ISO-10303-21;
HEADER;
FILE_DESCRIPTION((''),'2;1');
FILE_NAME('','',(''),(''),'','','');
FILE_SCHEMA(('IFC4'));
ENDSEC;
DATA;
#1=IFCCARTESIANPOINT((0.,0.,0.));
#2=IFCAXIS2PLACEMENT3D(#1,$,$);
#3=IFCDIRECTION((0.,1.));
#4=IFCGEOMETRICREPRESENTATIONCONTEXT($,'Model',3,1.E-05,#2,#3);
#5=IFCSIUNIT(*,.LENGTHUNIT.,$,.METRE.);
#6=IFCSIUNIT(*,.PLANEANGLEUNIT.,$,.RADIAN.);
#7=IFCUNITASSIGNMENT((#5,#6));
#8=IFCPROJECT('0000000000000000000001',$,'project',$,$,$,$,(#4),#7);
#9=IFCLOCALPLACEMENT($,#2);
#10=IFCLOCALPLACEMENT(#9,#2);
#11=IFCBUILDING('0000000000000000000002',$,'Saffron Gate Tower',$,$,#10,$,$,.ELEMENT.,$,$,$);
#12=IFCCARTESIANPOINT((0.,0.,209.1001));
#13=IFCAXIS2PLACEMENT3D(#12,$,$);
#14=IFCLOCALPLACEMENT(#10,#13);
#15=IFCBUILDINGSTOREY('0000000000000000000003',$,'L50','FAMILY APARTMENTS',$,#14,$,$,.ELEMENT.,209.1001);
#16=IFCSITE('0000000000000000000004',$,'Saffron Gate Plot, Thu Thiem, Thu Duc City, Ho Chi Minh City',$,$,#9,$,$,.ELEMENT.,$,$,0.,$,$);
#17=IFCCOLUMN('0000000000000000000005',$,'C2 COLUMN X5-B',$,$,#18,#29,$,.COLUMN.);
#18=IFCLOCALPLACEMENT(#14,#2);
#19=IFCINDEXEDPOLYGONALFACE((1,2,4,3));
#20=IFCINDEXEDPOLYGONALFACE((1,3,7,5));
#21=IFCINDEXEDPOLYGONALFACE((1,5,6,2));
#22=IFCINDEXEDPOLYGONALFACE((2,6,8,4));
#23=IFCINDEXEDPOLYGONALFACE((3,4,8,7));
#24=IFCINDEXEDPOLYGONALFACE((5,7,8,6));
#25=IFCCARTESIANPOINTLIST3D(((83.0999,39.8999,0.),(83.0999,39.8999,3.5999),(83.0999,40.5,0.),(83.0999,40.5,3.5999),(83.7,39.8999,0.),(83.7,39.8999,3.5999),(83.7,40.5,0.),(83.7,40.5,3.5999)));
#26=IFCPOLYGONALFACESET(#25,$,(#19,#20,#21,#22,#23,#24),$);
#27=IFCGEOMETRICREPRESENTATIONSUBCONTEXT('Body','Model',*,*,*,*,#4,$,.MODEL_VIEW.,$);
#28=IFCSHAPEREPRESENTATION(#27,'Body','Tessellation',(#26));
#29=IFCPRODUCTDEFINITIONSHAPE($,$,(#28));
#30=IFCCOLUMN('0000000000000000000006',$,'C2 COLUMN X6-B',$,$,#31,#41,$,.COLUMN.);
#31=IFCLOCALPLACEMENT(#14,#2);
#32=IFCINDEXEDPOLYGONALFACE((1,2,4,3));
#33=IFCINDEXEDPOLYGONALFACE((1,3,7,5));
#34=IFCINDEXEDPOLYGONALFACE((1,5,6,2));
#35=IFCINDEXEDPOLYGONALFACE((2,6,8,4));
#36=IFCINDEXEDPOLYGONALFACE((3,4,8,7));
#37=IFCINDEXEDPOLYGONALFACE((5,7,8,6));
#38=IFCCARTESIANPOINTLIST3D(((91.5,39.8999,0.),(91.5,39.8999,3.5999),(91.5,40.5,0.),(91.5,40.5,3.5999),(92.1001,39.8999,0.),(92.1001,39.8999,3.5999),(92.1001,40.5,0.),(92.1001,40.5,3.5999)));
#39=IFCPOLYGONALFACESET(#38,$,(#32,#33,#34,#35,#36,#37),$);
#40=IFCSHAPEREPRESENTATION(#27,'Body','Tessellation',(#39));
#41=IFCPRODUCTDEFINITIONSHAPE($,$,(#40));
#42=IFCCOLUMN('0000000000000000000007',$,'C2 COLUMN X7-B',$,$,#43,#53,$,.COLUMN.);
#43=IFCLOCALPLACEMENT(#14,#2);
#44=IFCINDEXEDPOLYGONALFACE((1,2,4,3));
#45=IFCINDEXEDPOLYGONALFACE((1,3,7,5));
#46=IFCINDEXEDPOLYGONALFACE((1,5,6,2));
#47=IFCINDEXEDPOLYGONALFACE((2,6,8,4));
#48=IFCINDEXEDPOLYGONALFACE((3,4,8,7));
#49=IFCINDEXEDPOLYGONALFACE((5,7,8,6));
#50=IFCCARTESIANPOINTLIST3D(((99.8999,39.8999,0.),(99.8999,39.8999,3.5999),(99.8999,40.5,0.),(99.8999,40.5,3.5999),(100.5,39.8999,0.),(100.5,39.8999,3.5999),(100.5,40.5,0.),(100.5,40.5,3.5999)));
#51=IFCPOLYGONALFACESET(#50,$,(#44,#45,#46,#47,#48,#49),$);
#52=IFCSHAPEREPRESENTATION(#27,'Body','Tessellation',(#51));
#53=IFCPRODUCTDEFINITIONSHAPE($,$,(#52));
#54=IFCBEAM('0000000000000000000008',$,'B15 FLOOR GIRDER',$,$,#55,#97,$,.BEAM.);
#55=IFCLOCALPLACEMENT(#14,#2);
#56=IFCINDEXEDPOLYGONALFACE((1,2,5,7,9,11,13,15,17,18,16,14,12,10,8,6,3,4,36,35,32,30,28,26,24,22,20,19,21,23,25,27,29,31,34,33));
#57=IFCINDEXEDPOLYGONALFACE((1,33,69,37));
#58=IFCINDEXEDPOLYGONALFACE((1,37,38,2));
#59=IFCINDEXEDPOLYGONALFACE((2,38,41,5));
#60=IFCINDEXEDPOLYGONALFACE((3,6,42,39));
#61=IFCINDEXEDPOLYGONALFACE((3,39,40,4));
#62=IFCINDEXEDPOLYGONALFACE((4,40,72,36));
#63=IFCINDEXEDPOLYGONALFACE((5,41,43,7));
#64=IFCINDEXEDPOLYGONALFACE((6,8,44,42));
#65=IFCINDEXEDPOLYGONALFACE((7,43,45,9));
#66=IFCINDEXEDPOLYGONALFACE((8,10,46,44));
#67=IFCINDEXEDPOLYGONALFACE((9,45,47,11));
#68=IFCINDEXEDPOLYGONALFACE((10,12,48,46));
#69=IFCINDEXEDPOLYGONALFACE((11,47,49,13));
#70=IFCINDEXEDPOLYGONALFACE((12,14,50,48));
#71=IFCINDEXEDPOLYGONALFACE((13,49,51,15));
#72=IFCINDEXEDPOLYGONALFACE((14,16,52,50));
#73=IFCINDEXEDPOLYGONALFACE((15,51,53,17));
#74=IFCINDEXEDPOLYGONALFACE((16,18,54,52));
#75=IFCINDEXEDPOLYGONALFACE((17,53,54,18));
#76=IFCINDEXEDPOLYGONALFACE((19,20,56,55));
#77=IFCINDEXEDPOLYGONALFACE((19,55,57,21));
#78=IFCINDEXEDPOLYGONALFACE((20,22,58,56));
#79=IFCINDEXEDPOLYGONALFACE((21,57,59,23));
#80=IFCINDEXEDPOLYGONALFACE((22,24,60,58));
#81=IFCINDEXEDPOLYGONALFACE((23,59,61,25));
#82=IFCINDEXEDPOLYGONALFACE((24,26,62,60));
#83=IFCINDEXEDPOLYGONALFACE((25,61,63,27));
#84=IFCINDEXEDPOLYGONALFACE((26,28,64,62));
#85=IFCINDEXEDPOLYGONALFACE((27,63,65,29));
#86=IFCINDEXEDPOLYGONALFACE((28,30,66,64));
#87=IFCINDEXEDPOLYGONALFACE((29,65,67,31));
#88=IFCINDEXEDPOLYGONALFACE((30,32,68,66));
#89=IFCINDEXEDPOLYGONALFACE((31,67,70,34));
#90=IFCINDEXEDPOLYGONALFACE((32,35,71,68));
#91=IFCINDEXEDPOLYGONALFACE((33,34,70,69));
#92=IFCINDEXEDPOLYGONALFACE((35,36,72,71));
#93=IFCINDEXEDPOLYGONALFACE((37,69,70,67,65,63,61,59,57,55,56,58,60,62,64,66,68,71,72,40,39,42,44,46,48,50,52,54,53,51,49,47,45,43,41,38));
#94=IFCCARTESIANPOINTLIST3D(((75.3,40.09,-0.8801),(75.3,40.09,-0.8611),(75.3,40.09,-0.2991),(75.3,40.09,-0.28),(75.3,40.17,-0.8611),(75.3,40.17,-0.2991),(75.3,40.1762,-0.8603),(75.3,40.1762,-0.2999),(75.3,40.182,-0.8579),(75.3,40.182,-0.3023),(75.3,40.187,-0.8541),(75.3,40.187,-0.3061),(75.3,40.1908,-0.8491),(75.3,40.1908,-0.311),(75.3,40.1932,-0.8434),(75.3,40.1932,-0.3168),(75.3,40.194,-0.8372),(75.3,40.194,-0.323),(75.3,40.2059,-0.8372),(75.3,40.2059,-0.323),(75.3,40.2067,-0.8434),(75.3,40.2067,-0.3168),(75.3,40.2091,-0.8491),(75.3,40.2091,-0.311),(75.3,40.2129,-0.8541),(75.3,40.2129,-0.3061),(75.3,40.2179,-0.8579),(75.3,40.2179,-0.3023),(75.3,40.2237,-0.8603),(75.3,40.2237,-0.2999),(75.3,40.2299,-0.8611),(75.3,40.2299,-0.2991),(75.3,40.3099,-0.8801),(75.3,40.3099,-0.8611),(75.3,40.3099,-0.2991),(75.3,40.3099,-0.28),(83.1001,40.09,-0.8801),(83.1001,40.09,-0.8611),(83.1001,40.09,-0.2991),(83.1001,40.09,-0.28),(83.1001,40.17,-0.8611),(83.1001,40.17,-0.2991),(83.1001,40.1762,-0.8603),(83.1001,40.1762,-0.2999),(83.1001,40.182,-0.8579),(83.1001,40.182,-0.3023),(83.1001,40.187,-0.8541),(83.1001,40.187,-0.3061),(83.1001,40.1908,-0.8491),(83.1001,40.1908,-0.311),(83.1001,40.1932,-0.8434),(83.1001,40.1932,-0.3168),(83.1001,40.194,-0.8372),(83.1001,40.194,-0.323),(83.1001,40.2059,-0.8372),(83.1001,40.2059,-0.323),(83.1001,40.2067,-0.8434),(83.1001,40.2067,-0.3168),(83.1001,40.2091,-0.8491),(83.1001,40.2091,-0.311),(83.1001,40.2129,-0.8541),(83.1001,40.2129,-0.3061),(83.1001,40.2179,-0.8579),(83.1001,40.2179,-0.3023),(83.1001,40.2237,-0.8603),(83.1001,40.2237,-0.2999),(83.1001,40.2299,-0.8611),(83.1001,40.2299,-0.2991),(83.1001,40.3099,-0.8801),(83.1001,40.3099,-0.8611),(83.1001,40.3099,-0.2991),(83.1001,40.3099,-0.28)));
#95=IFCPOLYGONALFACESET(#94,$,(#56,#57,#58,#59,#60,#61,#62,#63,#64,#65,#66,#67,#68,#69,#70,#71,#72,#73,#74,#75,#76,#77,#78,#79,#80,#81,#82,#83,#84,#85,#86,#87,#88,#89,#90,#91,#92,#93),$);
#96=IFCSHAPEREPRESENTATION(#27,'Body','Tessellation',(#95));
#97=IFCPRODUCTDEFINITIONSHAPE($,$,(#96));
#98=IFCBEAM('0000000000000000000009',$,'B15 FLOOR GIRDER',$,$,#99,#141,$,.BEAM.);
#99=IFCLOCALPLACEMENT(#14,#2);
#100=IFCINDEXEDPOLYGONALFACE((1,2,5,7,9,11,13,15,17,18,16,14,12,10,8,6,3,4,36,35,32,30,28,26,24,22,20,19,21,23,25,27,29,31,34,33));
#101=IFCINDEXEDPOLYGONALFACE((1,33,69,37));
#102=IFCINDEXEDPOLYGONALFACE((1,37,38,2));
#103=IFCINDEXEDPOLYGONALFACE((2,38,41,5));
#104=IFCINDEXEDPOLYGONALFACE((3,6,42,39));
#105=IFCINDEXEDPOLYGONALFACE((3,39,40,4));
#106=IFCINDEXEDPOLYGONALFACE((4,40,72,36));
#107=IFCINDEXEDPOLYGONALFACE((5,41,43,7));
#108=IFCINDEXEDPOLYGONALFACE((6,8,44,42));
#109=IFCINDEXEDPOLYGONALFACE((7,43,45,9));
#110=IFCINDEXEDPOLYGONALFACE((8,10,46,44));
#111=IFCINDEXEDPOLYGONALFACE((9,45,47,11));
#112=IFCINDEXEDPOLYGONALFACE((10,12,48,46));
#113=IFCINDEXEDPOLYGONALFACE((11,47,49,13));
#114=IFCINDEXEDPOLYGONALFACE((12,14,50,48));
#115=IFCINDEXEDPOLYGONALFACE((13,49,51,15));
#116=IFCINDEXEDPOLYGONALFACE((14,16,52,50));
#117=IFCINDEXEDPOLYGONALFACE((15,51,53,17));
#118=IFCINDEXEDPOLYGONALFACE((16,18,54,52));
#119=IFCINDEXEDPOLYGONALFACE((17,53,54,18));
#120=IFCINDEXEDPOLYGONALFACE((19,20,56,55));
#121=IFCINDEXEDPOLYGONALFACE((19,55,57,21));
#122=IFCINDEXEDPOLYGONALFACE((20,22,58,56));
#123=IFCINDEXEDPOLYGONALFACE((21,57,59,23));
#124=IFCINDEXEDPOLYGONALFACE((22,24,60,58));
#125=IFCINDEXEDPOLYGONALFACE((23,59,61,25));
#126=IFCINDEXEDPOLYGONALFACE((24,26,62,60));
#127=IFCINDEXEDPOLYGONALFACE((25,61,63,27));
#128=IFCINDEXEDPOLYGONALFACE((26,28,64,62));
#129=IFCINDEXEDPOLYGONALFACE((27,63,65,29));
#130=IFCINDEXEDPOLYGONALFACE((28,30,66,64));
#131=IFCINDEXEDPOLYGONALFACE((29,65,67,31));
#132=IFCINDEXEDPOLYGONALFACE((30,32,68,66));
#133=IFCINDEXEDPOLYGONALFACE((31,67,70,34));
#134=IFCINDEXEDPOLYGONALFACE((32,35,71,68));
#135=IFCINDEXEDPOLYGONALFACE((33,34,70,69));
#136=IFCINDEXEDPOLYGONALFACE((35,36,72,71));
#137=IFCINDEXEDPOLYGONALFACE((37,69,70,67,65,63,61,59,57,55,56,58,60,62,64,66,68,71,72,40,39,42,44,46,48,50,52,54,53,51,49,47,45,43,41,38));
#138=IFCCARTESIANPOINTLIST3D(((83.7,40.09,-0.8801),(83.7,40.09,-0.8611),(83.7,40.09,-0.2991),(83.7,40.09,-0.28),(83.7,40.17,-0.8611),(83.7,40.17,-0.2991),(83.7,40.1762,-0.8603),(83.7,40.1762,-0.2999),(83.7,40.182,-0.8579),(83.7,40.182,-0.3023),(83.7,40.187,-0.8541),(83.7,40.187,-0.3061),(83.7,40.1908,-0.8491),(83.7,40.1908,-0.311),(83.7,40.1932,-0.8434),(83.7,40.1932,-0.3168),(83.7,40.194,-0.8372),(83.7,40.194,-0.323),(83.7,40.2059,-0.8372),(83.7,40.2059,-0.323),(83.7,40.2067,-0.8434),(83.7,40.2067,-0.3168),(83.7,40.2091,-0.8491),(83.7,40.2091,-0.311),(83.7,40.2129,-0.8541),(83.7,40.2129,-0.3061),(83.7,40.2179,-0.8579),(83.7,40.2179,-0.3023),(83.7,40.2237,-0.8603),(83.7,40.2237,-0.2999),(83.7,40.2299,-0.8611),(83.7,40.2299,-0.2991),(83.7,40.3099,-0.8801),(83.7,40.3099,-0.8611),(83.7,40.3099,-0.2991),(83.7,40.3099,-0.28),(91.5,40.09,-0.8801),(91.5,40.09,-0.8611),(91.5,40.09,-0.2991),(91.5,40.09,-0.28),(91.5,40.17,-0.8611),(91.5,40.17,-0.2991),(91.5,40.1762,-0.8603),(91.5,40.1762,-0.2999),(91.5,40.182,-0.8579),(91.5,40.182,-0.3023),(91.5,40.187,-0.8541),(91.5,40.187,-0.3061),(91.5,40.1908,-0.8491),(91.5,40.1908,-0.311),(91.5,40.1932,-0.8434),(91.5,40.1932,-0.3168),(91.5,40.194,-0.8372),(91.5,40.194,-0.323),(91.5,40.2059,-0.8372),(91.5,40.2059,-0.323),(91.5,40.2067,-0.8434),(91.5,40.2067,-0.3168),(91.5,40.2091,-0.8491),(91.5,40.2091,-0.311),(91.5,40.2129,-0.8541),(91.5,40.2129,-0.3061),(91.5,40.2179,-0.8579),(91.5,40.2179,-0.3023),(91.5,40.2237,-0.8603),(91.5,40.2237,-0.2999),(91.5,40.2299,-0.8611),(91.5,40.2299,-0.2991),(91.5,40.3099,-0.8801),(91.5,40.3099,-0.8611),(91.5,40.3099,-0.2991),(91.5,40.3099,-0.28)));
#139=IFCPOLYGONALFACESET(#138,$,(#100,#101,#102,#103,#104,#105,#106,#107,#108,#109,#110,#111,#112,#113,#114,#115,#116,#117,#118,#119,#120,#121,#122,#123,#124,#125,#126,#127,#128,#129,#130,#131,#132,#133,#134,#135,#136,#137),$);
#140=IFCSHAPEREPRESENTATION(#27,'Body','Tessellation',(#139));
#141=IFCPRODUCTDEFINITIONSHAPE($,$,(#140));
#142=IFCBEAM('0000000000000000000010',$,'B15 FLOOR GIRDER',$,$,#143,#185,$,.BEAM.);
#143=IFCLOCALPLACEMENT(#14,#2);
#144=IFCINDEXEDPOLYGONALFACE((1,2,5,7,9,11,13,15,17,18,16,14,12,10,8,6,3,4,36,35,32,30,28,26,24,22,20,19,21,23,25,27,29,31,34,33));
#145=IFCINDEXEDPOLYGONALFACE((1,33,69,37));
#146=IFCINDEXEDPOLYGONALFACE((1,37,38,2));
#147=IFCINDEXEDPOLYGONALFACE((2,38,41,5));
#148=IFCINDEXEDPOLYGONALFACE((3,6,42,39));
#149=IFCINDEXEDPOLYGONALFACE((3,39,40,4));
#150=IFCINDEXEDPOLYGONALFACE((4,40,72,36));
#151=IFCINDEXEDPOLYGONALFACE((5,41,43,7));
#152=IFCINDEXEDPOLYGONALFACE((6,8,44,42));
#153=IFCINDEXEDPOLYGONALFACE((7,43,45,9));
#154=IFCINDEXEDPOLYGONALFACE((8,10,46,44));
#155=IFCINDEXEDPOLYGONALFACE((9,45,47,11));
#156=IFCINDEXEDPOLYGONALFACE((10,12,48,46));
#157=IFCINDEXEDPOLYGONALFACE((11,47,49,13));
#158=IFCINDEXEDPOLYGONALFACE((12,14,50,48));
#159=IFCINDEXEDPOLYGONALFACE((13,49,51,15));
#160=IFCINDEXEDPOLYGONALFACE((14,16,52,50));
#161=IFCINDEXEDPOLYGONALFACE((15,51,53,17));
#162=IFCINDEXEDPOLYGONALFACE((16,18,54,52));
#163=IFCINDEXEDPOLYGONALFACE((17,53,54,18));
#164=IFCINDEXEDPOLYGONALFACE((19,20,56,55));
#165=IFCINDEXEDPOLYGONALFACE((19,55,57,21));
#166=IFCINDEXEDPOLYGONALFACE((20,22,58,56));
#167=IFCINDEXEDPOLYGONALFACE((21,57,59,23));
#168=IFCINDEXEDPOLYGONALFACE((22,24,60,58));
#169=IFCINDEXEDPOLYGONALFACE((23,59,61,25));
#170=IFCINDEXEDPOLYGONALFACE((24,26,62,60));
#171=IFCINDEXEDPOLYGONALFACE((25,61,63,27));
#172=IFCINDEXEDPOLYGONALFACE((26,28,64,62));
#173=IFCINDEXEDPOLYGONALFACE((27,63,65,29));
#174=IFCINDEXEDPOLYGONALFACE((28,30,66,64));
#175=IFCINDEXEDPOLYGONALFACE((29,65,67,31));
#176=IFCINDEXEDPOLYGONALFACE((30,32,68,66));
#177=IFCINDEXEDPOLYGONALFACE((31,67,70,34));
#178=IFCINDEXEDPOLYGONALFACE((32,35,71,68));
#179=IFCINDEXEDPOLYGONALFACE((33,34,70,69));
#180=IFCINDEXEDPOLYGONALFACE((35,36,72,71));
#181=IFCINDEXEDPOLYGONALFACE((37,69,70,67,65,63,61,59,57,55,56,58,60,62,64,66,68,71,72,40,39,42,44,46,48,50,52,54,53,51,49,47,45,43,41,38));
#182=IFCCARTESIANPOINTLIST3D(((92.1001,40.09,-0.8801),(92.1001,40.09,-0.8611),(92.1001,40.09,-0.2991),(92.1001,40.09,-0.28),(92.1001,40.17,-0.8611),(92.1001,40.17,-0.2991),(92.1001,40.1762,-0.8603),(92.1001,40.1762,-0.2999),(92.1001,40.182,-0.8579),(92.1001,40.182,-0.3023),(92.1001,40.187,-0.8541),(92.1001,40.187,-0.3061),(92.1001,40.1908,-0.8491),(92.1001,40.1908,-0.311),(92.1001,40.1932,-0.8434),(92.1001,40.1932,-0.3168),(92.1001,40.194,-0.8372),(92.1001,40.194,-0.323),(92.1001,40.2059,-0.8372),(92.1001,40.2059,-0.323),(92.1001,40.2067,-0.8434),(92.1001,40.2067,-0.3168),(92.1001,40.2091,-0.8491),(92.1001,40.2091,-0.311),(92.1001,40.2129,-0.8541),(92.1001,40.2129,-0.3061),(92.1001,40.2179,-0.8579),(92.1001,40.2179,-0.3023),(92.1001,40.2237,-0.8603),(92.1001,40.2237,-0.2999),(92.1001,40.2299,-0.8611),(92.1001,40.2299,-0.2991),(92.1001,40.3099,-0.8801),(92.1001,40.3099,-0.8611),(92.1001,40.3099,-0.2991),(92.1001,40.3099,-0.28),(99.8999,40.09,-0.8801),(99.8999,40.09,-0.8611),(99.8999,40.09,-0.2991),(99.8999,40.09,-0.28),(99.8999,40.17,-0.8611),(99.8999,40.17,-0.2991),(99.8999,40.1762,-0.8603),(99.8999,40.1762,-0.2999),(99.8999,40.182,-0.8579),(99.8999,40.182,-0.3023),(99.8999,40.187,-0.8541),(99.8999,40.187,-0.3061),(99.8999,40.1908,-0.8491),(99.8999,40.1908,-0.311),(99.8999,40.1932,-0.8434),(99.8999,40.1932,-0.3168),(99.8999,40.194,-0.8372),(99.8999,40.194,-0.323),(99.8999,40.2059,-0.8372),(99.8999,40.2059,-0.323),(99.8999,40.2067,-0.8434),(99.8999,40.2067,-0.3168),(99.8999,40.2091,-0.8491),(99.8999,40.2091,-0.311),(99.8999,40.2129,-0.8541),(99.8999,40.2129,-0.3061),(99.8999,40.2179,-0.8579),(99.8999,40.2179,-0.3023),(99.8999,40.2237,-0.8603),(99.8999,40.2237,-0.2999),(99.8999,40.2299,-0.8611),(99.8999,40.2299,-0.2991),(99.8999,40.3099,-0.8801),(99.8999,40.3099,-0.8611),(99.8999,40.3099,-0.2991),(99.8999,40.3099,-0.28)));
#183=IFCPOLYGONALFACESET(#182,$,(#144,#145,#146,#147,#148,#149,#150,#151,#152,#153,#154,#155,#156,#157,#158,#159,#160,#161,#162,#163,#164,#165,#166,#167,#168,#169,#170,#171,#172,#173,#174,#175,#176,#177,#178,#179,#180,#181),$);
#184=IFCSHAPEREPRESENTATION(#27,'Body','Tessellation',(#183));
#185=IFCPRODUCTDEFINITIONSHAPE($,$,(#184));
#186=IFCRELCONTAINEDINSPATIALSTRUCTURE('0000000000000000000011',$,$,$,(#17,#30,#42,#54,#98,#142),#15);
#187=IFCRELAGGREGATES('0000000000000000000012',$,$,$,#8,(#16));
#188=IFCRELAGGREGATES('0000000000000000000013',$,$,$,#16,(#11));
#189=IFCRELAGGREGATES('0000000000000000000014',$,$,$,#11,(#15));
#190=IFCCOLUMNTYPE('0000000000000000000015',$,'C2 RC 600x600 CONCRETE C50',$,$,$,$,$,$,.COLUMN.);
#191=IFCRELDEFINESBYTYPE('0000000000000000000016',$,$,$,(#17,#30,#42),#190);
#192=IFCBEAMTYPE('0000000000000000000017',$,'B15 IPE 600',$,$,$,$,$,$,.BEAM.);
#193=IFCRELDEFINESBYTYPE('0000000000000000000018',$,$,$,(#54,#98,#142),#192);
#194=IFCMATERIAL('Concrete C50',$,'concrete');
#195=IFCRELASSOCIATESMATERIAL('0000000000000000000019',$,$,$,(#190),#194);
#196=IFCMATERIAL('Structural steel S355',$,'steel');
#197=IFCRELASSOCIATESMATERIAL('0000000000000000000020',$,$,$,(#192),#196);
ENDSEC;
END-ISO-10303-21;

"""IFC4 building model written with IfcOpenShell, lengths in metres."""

from ifc_helpers import new_model, si_unit, direction, frame, origin, origin_2d, place, context, subcontext, project, spatial, rectangle, i_section, extrude, material, material_profile, profile_set, type_object, element, save


model = new_model("IFC4")

# Units and contexts
model_context = context("Model", 3, precision=1e-05, world=origin(), true_north=direction((0.0, 1.0)))
body_context = subcontext(model_context, "Body", "Model", "MODEL_VIEW")
ifc_project = project(units=[si_unit("LENGTHUNIT", "METRE"), si_unit("PLANEANGLEUNIT", "RADIAN")], contexts=[model_context])

# Site, building, storey
site_placement = place(None, origin())
site = spatial("IfcSite", under=ifc_project, at=site_placement, Name="Saffron Gate Plot, Thu Thiem, Thu Duc City, Ho Chi Minh City", CompositionType="ELEMENT", RefElevation=0.0)
building_placement = place(site_placement, origin())
building = spatial("IfcBuilding", under=site, at=building_placement, Name="Saffron Gate Tower", CompositionType="ELEMENT")
storey_placement = place(building_placement, frame((0.0, 0.0, 209.1001)))
storey = spatial("IfcBuildingStorey", under=building, at=storey_placement, Name="L50", Description="FAMILY APARTMENTS", CompositionType="ELEMENT", Elevation=209.1001)

# Columns
ifc_material_1 = material(Name="Concrete C50", Category="concrete")
ifc_material_profile_1 = material_profile(ifc_material_1, rectangle(XDim=0.6001, YDim=0.6001, at=origin_2d()))
ifc_profile_set_1 = profile_set([ifc_material_profile_1], Name="Concrete C50")
column_type = type_object("IfcColumnType", Name="C2 RC 600x600 CONCRETE C50", PredefinedType="COLUMN", material=ifc_profile_set_1)
for number, where, z_axis, x_axis, name in (
    (1, (83.3999, 40.2, 0.0), (0.0, 0.0, 1.0), (1.0, 0.0, 0.0), "C2 COLUMN X5-B"),
    (2, (91.8, 40.2, 0.0), (0.0, 0.0, 1.0), (1.0, 0.0, 0.0), "C2 COLUMN X6-B"),
    (3, (100.2, 40.2, 0.0), (0.0, 0.0, 1.0), (1.0, 0.0, 0.0), "C2 COLUMN X7-B"),
):
    element("IfcColumn", number, at=place(storey_placement, frame(where, z_axis=z_axis, x_axis=x_axis)), inside=storey, type_object=column_type, Name=name, PredefinedType="COLUMN", context=body_context, shape_type="SweptSolid", body=[
        extrude(rectangle(XDim=0.6001, YDim=0.6001, at=origin_2d()), origin(), (0.0, 0.0, 1.0), 3.5999),
    ])

# Beams
ifc_material_2 = material(Name="Structural steel S355", Category="steel")
ifc_material_profile_2 = material_profile(ifc_material_2, i_section(OverallWidth=0.22, OverallDepth=0.6001, WebThickness=0.012, FlangeThickness=0.019, FilletRadius=0.0239, at=origin_2d()))
ifc_profile_set_2 = profile_set([ifc_material_profile_2], Name="Structural steel S355")
beam_type_1 = type_object("IfcBeamType", Name="B15 IPE 600", PredefinedType="BEAM", material=ifc_profile_set_2)
for number, where, z_axis, x_axis, name in (
    (4, (75.3, 40.2, -0.5801), (1.0, 0.0, 0.0), (0.0, 1.0, 0.0), "B15 FLOOR GIRDER"),
    (5, (83.7, 40.2, -0.5801), (1.0, 0.0, 0.0), (0.0, 1.0, 0.0), "B15 FLOOR GIRDER"),
):
    element("IfcBeam", number, at=place(storey_placement, frame(where, z_axis=z_axis, x_axis=x_axis)), inside=storey, type_object=beam_type_1, Name=name, PredefinedType="BEAM", context=body_context, shape_type="SweptSolid", body=[
        extrude(i_section(OverallWidth=0.22, OverallDepth=0.6001, WebThickness=0.012, FlangeThickness=0.019, FilletRadius=0.0239, at=origin_2d()), origin(), (0.0, 0.0, 1.0), 7.8),
    ])
beam_1_placement = place(storey_placement, frame((92.1001, 40.2, -0.5801), z_axis=(1.0, 0.0, 0.0), x_axis=(0.0, 1.0, 0.0)))
element("IfcBeam", 6, at=beam_1_placement, inside=storey, type_object=beam_type_1, Name="B15 FLOOR GIRDER", PredefinedType="BEAM", context=body_context, shape_type="SweptSolid", body=[
    extrude(i_section(OverallWidth=0.22, OverallDepth=0.6001, WebThickness=0.012, FlangeThickness=0.019, FilletRadius=0.0239, at=origin_2d()), origin(), (0.0, 0.0, 1.0), 7.7998),
])

save(model, "model.ifc")
